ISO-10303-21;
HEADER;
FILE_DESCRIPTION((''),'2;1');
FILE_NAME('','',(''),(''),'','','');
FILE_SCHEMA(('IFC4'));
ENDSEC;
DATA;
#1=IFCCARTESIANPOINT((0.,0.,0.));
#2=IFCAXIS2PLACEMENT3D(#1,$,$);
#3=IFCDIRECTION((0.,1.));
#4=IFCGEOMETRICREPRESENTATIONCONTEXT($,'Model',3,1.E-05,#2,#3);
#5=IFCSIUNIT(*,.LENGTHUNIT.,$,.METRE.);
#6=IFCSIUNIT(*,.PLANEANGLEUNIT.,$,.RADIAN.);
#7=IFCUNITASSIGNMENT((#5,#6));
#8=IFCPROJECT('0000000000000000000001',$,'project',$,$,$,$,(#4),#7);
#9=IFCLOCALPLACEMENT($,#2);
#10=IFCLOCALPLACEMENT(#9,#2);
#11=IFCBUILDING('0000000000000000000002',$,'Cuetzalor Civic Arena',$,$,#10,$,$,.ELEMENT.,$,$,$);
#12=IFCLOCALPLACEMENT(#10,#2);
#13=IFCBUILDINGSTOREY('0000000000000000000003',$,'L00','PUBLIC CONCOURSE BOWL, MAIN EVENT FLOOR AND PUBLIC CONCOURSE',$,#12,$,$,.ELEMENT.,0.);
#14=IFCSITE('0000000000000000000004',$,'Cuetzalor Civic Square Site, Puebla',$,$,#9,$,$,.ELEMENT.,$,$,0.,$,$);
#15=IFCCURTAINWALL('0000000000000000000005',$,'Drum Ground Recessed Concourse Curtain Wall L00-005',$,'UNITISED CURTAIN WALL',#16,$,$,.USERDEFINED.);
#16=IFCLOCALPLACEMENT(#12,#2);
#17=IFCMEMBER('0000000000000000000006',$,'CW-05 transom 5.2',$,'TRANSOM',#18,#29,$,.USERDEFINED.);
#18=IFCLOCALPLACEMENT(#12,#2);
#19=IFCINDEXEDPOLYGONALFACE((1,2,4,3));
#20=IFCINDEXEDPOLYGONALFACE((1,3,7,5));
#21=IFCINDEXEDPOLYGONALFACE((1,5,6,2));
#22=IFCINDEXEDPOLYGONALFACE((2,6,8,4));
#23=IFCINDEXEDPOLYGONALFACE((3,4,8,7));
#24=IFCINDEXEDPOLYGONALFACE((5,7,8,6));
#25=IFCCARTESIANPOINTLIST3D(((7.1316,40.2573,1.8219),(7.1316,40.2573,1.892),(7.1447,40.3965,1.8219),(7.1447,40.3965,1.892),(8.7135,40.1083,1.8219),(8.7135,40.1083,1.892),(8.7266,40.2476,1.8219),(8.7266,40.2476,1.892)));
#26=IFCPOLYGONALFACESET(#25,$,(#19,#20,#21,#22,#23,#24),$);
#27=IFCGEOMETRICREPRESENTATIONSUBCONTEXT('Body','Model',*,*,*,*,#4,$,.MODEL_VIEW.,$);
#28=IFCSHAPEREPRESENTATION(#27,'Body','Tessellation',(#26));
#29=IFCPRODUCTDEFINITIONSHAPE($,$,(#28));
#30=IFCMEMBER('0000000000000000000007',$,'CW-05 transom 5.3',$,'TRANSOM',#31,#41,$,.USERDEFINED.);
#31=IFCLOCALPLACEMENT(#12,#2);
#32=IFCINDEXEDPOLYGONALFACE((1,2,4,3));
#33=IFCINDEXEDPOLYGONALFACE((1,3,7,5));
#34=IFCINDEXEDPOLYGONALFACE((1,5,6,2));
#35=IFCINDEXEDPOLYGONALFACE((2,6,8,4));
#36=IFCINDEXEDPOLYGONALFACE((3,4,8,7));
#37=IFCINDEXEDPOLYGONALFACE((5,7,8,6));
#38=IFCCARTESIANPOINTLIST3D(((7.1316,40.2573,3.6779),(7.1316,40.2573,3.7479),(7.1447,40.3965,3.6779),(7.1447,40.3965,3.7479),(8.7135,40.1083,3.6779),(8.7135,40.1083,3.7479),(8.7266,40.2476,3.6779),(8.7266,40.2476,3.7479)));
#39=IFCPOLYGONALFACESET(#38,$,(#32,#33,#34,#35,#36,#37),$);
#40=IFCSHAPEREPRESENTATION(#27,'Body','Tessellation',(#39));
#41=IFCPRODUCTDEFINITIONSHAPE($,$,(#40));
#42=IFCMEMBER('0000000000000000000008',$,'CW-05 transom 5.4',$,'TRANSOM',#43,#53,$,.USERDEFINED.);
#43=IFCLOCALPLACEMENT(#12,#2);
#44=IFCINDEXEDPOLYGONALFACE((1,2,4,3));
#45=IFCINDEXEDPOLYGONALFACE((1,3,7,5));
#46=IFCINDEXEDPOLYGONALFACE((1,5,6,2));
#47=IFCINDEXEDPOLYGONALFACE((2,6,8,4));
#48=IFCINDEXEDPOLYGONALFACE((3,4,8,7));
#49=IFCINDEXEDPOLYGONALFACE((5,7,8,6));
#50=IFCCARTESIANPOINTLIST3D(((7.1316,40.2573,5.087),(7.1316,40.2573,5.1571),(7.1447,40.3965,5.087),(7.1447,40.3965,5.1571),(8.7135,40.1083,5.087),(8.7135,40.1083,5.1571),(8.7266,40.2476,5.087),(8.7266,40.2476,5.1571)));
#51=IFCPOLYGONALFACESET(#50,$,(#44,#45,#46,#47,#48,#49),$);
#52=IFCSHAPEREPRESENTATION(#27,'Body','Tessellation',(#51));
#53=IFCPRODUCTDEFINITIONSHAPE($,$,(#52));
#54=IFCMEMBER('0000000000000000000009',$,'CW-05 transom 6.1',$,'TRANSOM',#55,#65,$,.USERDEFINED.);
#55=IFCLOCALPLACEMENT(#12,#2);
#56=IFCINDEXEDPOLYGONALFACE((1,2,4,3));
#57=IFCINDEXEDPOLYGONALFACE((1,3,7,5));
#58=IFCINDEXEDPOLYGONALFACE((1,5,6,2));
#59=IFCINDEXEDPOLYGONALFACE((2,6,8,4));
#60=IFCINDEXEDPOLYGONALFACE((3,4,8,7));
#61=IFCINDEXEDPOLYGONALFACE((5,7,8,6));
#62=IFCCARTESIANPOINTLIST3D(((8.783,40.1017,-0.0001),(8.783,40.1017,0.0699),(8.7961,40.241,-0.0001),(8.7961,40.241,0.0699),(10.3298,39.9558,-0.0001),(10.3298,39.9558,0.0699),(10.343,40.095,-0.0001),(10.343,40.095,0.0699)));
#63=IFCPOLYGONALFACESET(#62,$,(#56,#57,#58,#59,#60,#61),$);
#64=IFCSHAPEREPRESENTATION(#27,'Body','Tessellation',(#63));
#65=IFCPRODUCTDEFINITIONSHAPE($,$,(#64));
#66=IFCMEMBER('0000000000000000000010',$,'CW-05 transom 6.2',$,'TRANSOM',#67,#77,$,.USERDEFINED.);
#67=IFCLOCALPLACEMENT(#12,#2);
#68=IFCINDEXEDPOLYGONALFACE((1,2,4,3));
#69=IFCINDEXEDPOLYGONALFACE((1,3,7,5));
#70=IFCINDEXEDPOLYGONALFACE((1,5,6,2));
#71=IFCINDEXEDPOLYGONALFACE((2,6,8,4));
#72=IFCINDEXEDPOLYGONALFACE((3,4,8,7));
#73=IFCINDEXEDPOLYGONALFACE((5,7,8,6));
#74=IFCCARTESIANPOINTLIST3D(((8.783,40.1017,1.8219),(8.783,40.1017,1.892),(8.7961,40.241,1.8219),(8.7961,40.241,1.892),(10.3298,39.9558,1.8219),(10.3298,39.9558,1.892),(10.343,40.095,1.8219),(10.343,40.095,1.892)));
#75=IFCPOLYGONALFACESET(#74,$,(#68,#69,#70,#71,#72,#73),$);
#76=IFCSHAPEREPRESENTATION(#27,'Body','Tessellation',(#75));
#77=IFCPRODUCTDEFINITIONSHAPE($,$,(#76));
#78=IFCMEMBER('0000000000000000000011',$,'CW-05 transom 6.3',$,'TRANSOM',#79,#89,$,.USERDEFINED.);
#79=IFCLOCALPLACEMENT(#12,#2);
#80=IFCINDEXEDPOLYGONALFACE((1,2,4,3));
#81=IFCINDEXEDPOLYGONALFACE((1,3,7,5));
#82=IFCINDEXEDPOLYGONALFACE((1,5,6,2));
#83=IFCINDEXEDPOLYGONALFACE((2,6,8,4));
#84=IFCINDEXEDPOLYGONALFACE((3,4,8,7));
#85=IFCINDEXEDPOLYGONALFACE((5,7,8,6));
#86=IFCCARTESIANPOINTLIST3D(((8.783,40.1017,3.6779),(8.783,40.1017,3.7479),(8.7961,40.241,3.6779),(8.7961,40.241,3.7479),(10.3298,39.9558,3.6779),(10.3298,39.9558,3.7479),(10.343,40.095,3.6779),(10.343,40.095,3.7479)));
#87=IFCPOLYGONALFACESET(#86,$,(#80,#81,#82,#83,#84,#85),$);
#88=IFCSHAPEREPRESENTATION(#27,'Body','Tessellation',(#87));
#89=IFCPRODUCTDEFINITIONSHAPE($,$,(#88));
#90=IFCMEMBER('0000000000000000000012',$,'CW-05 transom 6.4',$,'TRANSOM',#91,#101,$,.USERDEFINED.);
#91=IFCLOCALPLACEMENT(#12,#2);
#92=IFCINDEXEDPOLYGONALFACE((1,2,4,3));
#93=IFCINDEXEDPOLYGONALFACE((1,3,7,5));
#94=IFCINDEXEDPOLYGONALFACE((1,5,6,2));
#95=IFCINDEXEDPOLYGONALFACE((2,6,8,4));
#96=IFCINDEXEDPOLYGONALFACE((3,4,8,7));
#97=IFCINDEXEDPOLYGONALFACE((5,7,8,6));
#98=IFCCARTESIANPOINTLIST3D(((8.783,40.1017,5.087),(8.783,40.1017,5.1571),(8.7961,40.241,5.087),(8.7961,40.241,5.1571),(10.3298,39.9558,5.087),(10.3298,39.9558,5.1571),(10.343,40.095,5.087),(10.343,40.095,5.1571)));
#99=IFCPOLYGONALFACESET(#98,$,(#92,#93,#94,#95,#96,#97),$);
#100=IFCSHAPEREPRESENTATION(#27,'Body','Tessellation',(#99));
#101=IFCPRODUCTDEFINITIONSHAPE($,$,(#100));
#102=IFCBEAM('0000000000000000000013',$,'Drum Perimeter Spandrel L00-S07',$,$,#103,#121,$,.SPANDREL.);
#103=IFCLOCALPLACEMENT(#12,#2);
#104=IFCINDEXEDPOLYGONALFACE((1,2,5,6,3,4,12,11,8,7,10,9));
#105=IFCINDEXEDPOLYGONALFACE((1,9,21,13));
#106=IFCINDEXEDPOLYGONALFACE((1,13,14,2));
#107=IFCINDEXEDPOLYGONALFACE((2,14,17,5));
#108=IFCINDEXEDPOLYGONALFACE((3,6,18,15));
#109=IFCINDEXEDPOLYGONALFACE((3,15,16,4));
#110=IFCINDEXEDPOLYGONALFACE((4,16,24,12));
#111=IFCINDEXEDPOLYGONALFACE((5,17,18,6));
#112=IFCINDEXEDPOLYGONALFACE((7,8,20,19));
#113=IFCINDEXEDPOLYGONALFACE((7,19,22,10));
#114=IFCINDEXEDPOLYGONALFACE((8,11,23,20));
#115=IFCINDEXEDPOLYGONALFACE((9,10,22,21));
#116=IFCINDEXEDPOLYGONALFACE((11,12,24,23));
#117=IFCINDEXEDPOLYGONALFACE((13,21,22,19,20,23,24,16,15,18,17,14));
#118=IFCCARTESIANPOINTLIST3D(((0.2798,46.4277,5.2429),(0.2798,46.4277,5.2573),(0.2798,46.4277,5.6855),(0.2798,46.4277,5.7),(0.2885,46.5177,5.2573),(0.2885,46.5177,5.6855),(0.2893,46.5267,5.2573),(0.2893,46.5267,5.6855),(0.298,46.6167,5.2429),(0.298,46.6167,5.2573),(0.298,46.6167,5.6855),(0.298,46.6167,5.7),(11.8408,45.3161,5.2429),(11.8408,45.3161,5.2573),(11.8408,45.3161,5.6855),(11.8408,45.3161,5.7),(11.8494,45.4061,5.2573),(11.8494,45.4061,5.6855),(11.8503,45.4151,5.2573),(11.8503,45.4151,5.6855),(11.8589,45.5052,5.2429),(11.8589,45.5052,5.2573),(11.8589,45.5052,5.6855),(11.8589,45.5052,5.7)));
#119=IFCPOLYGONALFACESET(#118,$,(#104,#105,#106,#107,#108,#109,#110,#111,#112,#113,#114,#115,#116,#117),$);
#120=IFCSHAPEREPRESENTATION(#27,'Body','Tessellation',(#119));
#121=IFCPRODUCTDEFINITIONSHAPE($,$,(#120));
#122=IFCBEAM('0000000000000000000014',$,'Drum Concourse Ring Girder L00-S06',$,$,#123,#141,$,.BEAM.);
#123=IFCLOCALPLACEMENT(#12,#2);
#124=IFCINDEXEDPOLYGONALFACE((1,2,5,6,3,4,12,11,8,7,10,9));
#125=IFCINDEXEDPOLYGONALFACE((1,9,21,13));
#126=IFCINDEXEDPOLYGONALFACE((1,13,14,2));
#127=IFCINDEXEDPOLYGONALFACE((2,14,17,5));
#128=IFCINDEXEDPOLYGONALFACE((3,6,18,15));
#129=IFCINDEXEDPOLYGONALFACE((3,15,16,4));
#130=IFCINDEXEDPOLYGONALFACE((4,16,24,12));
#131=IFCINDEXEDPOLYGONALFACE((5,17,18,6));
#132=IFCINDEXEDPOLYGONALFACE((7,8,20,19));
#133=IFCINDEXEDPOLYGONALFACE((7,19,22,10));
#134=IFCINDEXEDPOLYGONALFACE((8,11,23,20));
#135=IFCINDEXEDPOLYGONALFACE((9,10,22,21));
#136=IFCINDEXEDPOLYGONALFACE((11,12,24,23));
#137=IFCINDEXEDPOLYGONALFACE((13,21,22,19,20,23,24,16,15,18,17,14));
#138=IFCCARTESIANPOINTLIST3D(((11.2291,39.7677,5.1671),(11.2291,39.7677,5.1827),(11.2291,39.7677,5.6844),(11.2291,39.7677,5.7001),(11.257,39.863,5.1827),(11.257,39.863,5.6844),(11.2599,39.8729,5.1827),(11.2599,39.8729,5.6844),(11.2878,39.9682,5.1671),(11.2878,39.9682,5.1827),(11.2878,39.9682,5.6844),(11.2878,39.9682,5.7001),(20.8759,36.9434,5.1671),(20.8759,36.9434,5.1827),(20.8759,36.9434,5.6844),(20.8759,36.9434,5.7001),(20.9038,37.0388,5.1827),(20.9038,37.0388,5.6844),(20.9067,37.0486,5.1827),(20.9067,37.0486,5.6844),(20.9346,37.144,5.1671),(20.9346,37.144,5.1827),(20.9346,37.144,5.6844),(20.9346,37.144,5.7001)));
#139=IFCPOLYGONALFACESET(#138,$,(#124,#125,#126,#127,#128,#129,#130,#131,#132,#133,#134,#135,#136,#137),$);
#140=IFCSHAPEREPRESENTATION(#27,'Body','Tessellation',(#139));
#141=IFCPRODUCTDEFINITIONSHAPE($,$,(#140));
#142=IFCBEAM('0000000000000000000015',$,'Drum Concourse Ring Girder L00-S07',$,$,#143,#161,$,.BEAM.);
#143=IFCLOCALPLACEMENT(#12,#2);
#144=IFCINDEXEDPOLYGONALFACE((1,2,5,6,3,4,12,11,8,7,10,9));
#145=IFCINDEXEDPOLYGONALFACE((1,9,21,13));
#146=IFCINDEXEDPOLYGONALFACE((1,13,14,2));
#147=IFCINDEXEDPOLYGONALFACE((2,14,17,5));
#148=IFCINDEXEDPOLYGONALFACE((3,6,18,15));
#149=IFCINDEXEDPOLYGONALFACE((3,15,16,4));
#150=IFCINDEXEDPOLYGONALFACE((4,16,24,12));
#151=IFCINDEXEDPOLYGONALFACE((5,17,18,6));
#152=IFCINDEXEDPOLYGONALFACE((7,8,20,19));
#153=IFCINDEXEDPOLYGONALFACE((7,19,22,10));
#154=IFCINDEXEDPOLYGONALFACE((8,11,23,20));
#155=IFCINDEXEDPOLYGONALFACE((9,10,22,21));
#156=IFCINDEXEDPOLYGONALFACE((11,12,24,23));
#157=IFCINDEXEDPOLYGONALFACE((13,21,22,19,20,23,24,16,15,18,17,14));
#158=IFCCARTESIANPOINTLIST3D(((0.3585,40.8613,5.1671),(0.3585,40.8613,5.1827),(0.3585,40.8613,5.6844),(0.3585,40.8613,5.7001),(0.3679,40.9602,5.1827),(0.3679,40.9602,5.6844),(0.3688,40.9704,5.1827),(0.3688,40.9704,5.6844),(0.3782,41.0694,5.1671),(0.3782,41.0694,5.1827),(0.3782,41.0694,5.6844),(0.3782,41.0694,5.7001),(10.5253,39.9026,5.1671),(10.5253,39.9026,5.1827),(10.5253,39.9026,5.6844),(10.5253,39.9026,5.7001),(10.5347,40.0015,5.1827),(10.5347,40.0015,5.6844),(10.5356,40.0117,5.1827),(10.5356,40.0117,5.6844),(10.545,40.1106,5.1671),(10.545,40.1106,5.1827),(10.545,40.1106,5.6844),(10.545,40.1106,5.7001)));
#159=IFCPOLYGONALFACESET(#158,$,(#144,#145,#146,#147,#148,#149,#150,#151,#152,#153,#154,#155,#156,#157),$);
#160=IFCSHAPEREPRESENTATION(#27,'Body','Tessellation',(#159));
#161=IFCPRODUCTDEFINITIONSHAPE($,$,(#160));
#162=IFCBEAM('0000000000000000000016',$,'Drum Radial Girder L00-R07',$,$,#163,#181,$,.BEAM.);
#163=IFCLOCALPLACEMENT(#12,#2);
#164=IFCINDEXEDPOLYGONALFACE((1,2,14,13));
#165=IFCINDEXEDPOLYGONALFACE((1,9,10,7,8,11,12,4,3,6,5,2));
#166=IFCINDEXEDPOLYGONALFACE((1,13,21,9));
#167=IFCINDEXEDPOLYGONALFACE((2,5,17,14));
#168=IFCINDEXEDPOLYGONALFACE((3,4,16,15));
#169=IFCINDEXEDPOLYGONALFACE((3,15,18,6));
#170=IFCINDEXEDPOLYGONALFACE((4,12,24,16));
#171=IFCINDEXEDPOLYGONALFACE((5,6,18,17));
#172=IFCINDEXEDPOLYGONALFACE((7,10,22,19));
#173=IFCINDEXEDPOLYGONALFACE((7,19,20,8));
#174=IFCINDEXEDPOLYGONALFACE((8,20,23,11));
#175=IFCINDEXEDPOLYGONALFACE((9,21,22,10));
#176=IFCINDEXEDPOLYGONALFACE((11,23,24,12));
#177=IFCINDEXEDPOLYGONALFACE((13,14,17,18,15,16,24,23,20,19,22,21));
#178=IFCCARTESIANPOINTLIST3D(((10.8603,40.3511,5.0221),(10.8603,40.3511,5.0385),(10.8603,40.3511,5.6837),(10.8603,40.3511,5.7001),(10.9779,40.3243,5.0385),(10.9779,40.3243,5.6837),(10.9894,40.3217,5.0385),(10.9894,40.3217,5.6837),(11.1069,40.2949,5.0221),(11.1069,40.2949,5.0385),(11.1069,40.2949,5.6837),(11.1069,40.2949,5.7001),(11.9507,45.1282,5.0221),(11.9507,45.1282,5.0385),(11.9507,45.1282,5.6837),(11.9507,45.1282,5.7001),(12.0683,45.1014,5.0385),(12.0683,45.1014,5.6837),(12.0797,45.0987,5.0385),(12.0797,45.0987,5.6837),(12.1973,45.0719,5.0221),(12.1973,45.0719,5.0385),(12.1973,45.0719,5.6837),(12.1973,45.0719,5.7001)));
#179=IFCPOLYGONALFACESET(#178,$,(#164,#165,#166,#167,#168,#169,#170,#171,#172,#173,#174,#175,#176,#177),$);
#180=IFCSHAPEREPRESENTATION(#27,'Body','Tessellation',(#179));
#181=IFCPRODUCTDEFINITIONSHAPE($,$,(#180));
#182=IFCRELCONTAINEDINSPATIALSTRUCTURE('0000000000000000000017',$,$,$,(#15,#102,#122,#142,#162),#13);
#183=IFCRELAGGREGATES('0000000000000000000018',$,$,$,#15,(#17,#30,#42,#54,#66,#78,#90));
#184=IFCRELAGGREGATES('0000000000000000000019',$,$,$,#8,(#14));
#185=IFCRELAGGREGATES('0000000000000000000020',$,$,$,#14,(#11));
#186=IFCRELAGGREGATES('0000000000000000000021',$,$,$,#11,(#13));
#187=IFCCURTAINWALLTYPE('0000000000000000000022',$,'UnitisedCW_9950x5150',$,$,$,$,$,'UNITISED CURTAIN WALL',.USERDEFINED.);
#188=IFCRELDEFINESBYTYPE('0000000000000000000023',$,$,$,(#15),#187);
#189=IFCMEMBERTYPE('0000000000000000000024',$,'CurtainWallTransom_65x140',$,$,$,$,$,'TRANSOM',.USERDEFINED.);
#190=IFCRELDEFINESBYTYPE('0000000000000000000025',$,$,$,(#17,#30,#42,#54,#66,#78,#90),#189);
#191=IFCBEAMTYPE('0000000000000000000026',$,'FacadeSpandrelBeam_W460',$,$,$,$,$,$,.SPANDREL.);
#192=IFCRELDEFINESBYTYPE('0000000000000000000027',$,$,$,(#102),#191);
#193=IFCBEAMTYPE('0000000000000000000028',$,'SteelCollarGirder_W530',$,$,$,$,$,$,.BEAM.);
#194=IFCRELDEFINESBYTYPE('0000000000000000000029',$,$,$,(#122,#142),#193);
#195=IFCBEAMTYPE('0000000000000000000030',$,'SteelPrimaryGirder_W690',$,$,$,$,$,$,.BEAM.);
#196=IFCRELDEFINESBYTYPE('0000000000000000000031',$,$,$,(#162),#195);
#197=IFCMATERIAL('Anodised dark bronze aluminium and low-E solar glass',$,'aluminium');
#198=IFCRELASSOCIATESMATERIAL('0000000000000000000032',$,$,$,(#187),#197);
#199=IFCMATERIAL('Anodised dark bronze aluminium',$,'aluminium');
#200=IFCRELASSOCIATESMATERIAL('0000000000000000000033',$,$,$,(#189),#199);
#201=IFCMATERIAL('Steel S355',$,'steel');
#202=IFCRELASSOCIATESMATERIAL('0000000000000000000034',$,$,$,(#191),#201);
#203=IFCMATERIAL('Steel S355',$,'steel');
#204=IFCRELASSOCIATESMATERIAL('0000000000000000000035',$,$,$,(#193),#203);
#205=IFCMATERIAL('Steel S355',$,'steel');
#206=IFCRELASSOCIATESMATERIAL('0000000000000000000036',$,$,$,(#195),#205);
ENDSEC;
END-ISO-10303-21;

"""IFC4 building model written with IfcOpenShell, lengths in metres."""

from ifc_helpers import new_model, si_unit, direction, frame, origin, origin_2d, place, context, subcontext, project, spatial, rectangle, i_section, extrude, material, material_profile, profile_set, type_object, element, aggregate, save


model = new_model("IFC4")

# Units and contexts
model_context = context("Model", 3, precision=1e-05, world=origin(), true_north=direction((0.0, 1.0)))
body_context = subcontext(model_context, "Body", "Model", "MODEL_VIEW")
ifc_project = project(units=[si_unit("LENGTHUNIT", "METRE"), si_unit("PLANEANGLEUNIT", "RADIAN")], contexts=[model_context])

# Site, building, storey
site_placement = place(None, origin())
site = spatial("IfcSite", under=ifc_project, at=site_placement, Name="Cuetzalor Civic Square Site, Puebla", CompositionType="ELEMENT", RefElevation=0.0)
building_placement = place(site_placement, origin())
building = spatial("IfcBuilding", under=site, at=building_placement, Name="Cuetzalor Civic Arena", CompositionType="ELEMENT")
storey_placement = place(building_placement, origin())
storey = spatial("IfcBuildingStorey", under=building, at=storey_placement, Name="L00", Description="PUBLIC CONCOURSE BOWL, MAIN EVENT FLOOR AND PUBLIC CONCOURSE", CompositionType="ELEMENT", Elevation=0.0)

# Curtain wall, members
ifc_material_1 = material(Name="Anodised dark bronze aluminium and low-E solar glass", Category="aluminium")
curtain_wall_type = type_object("IfcCurtainWallType", Name="UnitisedCW_9950x5150", ElementType="UNITISED CURTAIN WALL", PredefinedType="USERDEFINED", material=ifc_material_1)
curtain_wall_placement = place(storey_placement, origin())
curtain_wall = element("IfcCurtainWall", 1, at=curtain_wall_placement, inside=storey, type_object=curtain_wall_type, Name="Drum Ground Recessed Concourse Curtain Wall L00-005", ObjectType="UNITISED CURTAIN WALL", PredefinedType="USERDEFINED")
ifc_material_2 = material(Name="Anodised dark bronze aluminium", Category="aluminium")
ifc_material_profile_1 = material_profile(ifc_material_2, rectangle(XDim=0.1399, YDim=0.0701, at=origin_2d()), Name="ALU TRANSOM 70x140")
ifc_profile_set_1 = profile_set([ifc_material_profile_1], Name="Anodised dark bronze aluminium")
member_type_1 = type_object("IfcMemberType", Name="CurtainWallTransom_65x140", ElementType="TRANSOM", PredefinedType="USERDEFINED", material=ifc_profile_set_1)
member_1_placement = place(storey_placement, frame((7.1382, 40.3269, 1.8569), z_axis=(0.995597, -0.093736, 0.0), x_axis=(0.093736, 0.995597, 0.0)))
member_1 = element("IfcMember", 2, at=member_1_placement, type_object=member_type_1, Name="CW-05 transom 5.2", ObjectType="TRANSOM", PredefinedType="USERDEFINED", context=body_context, shape_type="SweptSolid", body=[
    extrude(rectangle(XDim=0.1399, YDim=0.0701, at=origin_2d()), origin(), (0.0, 0.0, 1.0), 1.5889),
])
member_2_placement = place(storey_placement, frame((7.1382, 40.3269, 3.7129), z_axis=(0.995597, -0.093736, 0.0), x_axis=(0.093736, 0.995597, 0.0)))
member_2 = element("IfcMember", 3, at=member_2_placement, type_object=member_type_1, Name="CW-05 transom 5.3", ObjectType="TRANSOM", PredefinedType="USERDEFINED", context=body_context, shape_type="SweptSolid", body=[
    extrude(rectangle(XDim=0.1399, YDim=0.0701, at=origin_2d()), origin(), (0.0, 0.0, 1.0), 1.5889),
])
member_3_placement = place(storey_placement, frame((7.1382, 40.3269, 5.1221), z_axis=(0.995597, -0.093736, 0.0), x_axis=(0.093736, 0.995597, 0.0)))
member_3 = element("IfcMember", 4, at=member_3_placement, type_object=member_type_1, Name="CW-05 transom 5.4", ObjectType="TRANSOM", PredefinedType="USERDEFINED", context=body_context, shape_type="SweptSolid", body=[
    extrude(rectangle(XDim=0.1399, YDim=0.0701, at=origin_2d()), origin(), (0.0, 0.0, 1.0), 1.5889),
])
member_4_placement = place(storey_placement, frame((8.7896, 40.1714, 0.0349), z_axis=(0.995576, -0.093964, 0.0), x_axis=(0.093964, 0.995576, 0.0)))
member_4 = element("IfcMember", 5, at=member_4_placement, type_object=member_type_1, Name="CW-05 transom 6.1", ObjectType="TRANSOM", PredefinedType="USERDEFINED", context=body_context, shape_type="SweptSolid", body=[
    extrude(rectangle(XDim=0.1399, YDim=0.0701, at=origin_2d()), origin(), (0.0, 0.0, 1.0), 1.5537),
])
member_5_placement = place(storey_placement, frame((8.7896, 40.1714, 1.8569), z_axis=(0.995576, -0.093964, 0.0), x_axis=(0.093964, 0.995576, 0.0)))
member_5 = element("IfcMember", 6, at=member_5_placement, type_object=member_type_1, Name="CW-05 transom 6.2", ObjectType="TRANSOM", PredefinedType="USERDEFINED", context=body_context, shape_type="SweptSolid", body=[
    extrude(rectangle(XDim=0.1399, YDim=0.0701, at=origin_2d()), origin(), (0.0, 0.0, 1.0), 1.5537),
])
member_6_placement = place(storey_placement, frame((8.7896, 40.1714, 3.7129), z_axis=(0.995576, -0.093964, 0.0), x_axis=(0.093964, 0.995576, 0.0)))
member_6 = element("IfcMember", 7, at=member_6_placement, type_object=member_type_1, Name="CW-05 transom 6.3", ObjectType="TRANSOM", PredefinedType="USERDEFINED", context=body_context, shape_type="SweptSolid", body=[
    extrude(rectangle(XDim=0.1399, YDim=0.0701, at=origin_2d()), origin(), (0.0, 0.0, 1.0), 1.5537),
])
member_7_placement = place(storey_placement, frame((8.7896, 40.1714, 5.1221), z_axis=(0.995576, -0.093964, 0.0), x_axis=(0.093964, 0.995576, 0.0)))
member_7 = element("IfcMember", 8, at=member_7_placement, type_object=member_type_1, Name="CW-05 transom 6.4", ObjectType="TRANSOM", PredefinedType="USERDEFINED", context=body_context, shape_type="SweptSolid", body=[
    extrude(rectangle(XDim=0.1399, YDim=0.0701, at=origin_2d()), origin(), (0.0, 0.0, 1.0), 1.5537),
])

# Beams
ifc_material_3 = material(Name="Steel S355", Category="steel")
ifc_material_profile_2 = material_profile(ifc_material_3, i_section(OverallWidth=0.1899, OverallDepth=0.457, WebThickness=0.009, FlangeThickness=0.0144, at=origin_2d()), Name="W460x74")
ifc_profile_set_2 = profile_set([ifc_material_profile_2], Name="Steel S355")
beam_type_1 = type_object("IfcBeamType", Name="FacadeSpandrelBeam_W460", PredefinedType="SPANDREL", material=ifc_profile_set_2)
beam_1_placement = place(storey_placement, frame((11.8499, 45.4106, 5.4714), z_axis=(-0.99541, 0.095707, 0.0), x_axis=(-0.095707, -0.99541, 0.0)))
element("IfcBeam", 9, at=beam_1_placement, inside=storey, type_object=beam_type_1, Name="Drum Perimeter Spandrel L00-S07", PredefinedType="SPANDREL", context=body_context, shape_type="SweptSolid", body=[
    extrude(i_section(OverallWidth=0.1899, OverallDepth=0.457, WebThickness=0.009, FlangeThickness=0.0144, at=origin_2d()), origin(), (0.0, 0.0, 1.0), 11.6143),
])
ifc_material_4 = material(Name="Steel S355", Category="steel")
ifc_material_profile_3 = material_profile(ifc_material_4, i_section(OverallWidth=0.209, OverallDepth=0.533, WebThickness=0.0103, FlangeThickness=0.0156, at=origin_2d()), Name="W530x92")
ifc_profile_set_3 = profile_set([ifc_material_profile_3], Name="Steel S355")
beam_type_2 = type_object("IfcBeamType", Name="SteelCollarGirder_W530", PredefinedType="BEAM", material=ifc_profile_set_3)
beam_2_placement = place(storey_placement, frame((20.9053, 37.0437, 5.4336), z_axis=(-0.959716, 0.280971, 0.0), x_axis=(-0.280971, -0.959716, 0.0)))
element("IfcBeam", 10, at=beam_2_placement, inside=storey, type_object=beam_type_2, Name="Drum Concourse Ring Girder L00-S06", PredefinedType="BEAM", context=body_context, shape_type="SweptSolid", body=[
    extrude(i_section(OverallWidth=0.209, OverallDepth=0.533, WebThickness=0.0103, FlangeThickness=0.0156, at=origin_2d()), origin(), (0.0, 0.0, 1.0), 10.0518),
])
beam_3_placement = place(storey_placement, frame((10.5352, 40.0066, 5.4336), z_axis=(-0.995583, 0.093885, 0.0), x_axis=(-0.093885, -0.995583, 0.0)))
element("IfcBeam", 11, at=beam_3_placement, inside=storey, type_object=beam_type_2, Name="Drum Concourse Ring Girder L00-S07", PredefinedType="BEAM", context=body_context, shape_type="SweptSolid", body=[
    extrude(i_section(OverallWidth=0.209, OverallDepth=0.533, WebThickness=0.0103, FlangeThickness=0.0156, at=origin_2d()), origin(), (0.0, 0.0, 1.0), 10.2119),
])
ifc_material_5 = material(Name="Steel S355", Category="steel")
ifc_material_profile_4 = material_profile(ifc_material_5, i_section(OverallWidth=0.2529, OverallDepth=0.678, WebThickness=0.0117, FlangeThickness=0.0164, at=origin_2d()), Name="W690x125")
ifc_profile_set_4 = profile_set([ifc_material_profile_4], Name="Steel S355")
beam_type_3 = type_object("IfcBeamType", Name="SteelPrimaryGirder_W690", PredefinedType="BEAM", material=ifc_profile_set_4)
beam_4_placement = place(storey_placement, frame((10.9836, 40.323, 5.3611), z_axis=(0.222519, 0.974928, 0.0), x_axis=(-0.974928, 0.222519, 0.0)))
element("IfcBeam", 12, at=beam_4_placement, inside=storey, type_object=beam_type_3, Name="Drum Radial Girder L00-R07", PredefinedType="BEAM", context=body_context, shape_type="SweptSolid", body=[
    extrude(i_section(OverallWidth=0.2529, OverallDepth=0.678, WebThickness=0.0117, FlangeThickness=0.0164, at=origin_2d()), origin(), (0.0, 0.0, 1.0), 4.8999),
])

aggregate(curtain_wall, [member_1, member_2, member_3, member_4, member_5, member_6, member_7])

save(model, "model.ifc")
